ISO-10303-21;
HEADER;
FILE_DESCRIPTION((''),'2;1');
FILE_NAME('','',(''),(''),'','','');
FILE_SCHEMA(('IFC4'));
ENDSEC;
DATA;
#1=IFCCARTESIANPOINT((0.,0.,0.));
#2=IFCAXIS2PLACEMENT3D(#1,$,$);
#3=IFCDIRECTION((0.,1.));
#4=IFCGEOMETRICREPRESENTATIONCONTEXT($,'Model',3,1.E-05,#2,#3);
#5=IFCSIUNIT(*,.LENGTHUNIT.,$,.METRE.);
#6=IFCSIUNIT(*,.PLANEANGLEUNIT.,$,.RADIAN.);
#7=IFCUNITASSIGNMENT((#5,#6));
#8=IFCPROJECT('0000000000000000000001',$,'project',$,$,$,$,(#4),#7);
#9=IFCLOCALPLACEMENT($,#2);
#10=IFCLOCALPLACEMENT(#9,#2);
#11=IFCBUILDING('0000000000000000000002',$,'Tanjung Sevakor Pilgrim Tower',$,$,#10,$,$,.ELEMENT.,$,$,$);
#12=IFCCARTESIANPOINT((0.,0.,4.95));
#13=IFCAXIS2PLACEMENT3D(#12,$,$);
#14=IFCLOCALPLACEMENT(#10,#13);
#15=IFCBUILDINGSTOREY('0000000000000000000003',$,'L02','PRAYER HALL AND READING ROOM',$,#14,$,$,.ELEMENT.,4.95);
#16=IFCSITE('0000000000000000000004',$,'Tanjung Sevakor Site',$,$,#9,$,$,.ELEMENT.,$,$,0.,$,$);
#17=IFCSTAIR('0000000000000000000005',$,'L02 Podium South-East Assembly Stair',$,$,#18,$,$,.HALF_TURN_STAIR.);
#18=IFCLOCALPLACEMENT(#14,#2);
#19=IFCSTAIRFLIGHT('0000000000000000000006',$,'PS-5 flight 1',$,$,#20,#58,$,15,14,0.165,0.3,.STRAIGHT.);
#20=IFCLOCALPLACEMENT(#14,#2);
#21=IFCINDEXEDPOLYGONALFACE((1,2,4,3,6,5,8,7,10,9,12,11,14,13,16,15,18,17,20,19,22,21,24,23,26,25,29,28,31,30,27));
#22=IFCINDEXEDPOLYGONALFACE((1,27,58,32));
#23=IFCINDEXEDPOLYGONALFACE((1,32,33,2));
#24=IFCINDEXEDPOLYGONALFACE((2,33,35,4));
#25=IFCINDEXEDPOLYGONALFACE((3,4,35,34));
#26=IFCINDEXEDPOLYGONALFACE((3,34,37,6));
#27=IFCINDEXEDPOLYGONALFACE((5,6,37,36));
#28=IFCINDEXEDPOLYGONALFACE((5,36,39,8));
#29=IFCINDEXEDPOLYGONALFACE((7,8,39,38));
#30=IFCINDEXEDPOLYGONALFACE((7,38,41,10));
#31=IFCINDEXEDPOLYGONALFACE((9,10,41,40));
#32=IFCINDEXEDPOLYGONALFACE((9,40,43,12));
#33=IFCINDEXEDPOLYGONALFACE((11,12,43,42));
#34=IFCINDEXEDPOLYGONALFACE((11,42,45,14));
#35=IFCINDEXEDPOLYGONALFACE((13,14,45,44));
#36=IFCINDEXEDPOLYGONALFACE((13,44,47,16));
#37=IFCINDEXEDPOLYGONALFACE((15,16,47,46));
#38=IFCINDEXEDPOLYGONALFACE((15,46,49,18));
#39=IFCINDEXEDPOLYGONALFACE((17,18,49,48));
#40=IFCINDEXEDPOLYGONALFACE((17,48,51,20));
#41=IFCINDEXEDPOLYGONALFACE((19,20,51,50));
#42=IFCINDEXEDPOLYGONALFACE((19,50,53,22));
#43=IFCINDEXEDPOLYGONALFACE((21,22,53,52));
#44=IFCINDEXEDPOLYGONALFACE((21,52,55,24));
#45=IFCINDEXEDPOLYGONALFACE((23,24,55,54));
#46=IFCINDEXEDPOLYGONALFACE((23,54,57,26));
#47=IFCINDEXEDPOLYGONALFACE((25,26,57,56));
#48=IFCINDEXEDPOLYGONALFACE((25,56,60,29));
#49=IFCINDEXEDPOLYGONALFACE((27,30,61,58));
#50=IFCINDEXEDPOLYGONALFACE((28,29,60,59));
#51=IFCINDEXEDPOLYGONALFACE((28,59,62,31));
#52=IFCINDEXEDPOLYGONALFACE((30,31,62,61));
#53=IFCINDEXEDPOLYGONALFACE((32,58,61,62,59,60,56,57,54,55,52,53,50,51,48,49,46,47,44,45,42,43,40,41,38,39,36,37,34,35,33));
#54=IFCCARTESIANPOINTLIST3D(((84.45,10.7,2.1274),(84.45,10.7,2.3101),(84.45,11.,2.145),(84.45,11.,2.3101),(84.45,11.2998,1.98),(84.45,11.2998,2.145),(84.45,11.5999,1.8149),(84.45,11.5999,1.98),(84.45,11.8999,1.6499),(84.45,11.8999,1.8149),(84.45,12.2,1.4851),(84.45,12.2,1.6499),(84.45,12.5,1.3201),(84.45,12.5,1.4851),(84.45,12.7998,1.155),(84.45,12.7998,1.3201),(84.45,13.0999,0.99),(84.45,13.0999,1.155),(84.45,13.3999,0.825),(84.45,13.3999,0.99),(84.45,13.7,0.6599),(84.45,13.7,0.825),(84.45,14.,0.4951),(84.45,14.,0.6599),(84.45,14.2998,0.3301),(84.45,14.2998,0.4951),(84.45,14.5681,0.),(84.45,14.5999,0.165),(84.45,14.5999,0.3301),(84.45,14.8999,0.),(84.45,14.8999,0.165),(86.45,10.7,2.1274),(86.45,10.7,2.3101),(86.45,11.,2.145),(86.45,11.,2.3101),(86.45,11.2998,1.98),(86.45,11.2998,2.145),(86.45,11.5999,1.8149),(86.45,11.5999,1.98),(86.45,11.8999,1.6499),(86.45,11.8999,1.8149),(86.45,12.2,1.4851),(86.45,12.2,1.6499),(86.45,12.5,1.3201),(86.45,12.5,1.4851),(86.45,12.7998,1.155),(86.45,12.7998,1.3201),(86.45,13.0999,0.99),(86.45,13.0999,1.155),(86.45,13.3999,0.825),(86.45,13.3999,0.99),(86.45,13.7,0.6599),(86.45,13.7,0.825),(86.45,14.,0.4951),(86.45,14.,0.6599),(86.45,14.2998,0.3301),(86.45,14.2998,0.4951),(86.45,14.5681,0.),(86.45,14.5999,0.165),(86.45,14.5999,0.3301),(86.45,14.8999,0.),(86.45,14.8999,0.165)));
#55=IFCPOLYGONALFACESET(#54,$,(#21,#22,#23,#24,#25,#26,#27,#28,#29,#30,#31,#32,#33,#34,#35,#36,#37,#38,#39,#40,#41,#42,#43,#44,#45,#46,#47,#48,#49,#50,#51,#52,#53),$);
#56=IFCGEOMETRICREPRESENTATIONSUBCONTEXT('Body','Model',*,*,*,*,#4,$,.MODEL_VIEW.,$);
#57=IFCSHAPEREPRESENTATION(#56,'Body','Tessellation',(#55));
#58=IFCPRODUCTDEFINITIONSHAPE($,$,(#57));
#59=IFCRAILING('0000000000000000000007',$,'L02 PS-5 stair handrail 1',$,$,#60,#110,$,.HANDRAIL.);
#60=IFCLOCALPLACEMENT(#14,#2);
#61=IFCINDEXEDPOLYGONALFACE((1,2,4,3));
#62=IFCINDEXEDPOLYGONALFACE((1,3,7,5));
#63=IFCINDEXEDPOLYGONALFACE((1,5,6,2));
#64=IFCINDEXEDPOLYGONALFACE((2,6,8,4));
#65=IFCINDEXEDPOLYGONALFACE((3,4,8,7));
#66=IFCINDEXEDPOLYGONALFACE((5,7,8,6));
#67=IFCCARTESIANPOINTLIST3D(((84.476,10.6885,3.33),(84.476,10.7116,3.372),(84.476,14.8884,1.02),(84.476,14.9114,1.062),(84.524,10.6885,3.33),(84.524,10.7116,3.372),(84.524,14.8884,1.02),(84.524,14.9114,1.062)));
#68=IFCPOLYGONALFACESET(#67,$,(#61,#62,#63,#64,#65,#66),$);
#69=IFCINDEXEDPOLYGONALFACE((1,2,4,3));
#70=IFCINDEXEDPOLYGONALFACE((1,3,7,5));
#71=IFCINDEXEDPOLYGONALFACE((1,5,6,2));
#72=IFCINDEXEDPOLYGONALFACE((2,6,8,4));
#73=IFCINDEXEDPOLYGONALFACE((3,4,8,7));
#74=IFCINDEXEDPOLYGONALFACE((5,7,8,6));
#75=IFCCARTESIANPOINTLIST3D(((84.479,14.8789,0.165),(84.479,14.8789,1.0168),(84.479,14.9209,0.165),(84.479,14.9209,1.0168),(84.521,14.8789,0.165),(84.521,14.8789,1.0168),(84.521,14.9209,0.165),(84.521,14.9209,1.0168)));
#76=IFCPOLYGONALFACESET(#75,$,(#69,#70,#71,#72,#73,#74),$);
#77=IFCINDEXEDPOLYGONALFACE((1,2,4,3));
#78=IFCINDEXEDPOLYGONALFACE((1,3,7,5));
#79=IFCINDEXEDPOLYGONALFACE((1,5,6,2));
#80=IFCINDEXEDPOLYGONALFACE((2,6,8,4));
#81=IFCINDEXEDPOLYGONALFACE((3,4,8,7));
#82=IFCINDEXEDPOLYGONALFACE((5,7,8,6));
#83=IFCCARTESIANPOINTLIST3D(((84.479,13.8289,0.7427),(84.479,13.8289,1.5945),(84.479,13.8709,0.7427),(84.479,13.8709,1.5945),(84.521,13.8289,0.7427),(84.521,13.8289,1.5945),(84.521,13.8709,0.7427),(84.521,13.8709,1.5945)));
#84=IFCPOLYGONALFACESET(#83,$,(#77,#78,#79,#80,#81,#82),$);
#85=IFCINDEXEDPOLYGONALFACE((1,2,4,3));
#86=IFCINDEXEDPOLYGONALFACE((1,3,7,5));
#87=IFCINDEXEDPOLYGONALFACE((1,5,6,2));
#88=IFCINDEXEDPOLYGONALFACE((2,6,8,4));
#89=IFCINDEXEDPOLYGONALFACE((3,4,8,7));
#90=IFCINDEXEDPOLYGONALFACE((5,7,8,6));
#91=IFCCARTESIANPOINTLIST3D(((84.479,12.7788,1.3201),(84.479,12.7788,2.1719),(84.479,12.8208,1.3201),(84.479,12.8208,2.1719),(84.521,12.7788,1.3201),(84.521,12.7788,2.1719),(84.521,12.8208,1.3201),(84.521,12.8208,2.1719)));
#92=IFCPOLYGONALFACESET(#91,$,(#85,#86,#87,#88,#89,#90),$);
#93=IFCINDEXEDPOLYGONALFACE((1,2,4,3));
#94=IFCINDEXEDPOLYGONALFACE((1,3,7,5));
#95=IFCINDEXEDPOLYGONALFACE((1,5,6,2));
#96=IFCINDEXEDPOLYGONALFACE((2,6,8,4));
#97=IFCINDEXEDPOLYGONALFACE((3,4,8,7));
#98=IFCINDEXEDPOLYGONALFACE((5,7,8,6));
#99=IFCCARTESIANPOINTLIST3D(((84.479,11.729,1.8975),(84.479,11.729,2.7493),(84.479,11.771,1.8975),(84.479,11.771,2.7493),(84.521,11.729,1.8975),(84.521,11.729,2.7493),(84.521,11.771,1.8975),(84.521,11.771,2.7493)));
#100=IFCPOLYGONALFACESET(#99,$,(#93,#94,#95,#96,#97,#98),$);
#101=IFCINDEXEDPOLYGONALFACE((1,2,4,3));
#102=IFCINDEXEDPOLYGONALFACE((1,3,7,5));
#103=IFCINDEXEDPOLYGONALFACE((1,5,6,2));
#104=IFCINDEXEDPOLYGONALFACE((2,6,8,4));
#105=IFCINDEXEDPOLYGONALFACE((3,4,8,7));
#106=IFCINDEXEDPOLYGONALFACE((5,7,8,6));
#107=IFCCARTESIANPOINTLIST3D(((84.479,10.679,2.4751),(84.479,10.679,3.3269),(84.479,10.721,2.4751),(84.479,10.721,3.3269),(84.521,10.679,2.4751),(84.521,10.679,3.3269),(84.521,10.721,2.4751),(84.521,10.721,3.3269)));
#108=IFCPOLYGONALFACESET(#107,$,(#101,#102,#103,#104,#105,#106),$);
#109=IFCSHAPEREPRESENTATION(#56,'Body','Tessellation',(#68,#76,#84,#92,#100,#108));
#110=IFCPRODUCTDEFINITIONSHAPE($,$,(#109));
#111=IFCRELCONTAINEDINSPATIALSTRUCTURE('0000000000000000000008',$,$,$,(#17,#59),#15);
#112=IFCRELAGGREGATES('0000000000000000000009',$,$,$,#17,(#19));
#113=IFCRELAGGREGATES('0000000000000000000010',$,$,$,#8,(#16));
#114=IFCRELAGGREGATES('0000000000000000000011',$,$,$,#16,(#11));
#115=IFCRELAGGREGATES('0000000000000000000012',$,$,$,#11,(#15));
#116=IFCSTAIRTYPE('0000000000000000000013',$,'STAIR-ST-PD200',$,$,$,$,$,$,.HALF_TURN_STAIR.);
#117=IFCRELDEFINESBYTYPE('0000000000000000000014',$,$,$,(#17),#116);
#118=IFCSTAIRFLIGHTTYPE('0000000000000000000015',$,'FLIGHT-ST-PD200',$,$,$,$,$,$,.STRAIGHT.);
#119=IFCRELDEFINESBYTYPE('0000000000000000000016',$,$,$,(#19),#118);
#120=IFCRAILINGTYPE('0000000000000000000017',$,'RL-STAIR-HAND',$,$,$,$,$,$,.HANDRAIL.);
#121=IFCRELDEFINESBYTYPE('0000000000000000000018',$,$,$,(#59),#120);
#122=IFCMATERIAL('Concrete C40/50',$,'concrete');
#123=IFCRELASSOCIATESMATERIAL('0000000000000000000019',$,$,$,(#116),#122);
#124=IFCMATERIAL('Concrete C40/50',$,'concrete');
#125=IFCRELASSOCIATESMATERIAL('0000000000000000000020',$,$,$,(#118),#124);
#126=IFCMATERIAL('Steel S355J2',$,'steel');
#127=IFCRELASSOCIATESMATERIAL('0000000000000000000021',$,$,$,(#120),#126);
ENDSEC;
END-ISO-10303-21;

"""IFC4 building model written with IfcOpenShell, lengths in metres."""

from ifc_helpers import new_model, si_unit, direction, frame, origin, place, context, subcontext, project, spatial, polyline, rectangle, outline, extrude, material, type_object, element, aggregate, save


model = new_model("IFC4")

# Units and contexts
model_context = context("Model", 3, precision=1e-05, world=origin(), true_north=direction((0.0, 1.0)))
body_context = subcontext(model_context, "Body", "Model", "MODEL_VIEW")
ifc_project = project(units=[si_unit("LENGTHUNIT", "METRE"), si_unit("PLANEANGLEUNIT", "RADIAN")], contexts=[model_context])

# Site, building, storey
site_placement = place(None, origin())
site = spatial("IfcSite", under=ifc_project, at=site_placement, Name="Tanjung Sevakor Site", CompositionType="ELEMENT", RefElevation=0.0)
building_placement = place(site_placement, origin())
building = spatial("IfcBuilding", under=site, at=building_placement, Name="Tanjung Sevakor Pilgrim Tower", CompositionType="ELEMENT")
storey_placement = place(building_placement, frame((0.0, 0.0, 4.95)))
storey = spatial("IfcBuildingStorey", under=building, at=storey_placement, Name="L02", Description="PRAYER HALL AND READING ROOM", CompositionType="ELEMENT", Elevation=4.95)

# Stair, stair flight
ifc_material_1 = material(Name="Concrete C40/50", Category="concrete")
stair_type = type_object("IfcStairType", Name="STAIR-ST-PD200", PredefinedType="HALF_TURN_STAIR", material=ifc_material_1)
stair_placement = place(storey_placement, origin())
stair = element("IfcStair", 1, at=stair_placement, inside=storey, type_object=stair_type, Name="L02 Podium South-East Assembly Stair", PredefinedType="HALF_TURN_STAIR")
ifc_material_2 = material(Name="Concrete C40/50", Category="concrete")
stair_flight_type = type_object("IfcStairFlightType", Name="FLIGHT-ST-PD200", PredefinedType="STRAIGHT", material=ifc_material_2)
stair_flight_placement = place(storey_placement, frame((85.45, 14.8999, 0.0), z_axis=(0.0, 0.0, 1.0), x_axis=(0.0, -1.0, 0.0)))
stair_flight = element("IfcStairFlight", 2, at=stair_flight_placement, type_object=stair_flight_type, Name="PS-5 flight 1", NumberOfRisers=15, NumberOfTreads=14, PredefinedType="STRAIGHT", RiserHeight=0.165, TreadLength=0.3, context=body_context, shape_type="SweptSolid", body=[
    extrude(outline(polyline([(0.0, 0.0), (0.0, 0.165), (0.3, 0.165), (0.3, 0.3301), (0.6001, 0.3301), (0.6001, 0.4951), (0.8999, 0.4951), (0.8999, 0.6599), (1.2, 0.6599), (1.2, 0.825), (1.5, 0.825), (1.5, 0.99), (1.8, 0.99), (1.8, 1.155), (2.1001, 1.155), (2.1001, 1.3201), (2.3999, 1.3201), (2.3999, 1.4851), (2.7, 1.4851), (2.7, 1.6499), (3.0, 1.6499), (3.0, 1.8149), (3.3, 1.8149), (3.3, 1.98), (3.6001, 1.98), (3.6001, 2.145), (3.8999, 2.145), (3.8999, 2.3101), (4.2, 2.3101), (4.2, 2.4751), (4.2, 2.1274), (0.3318, 0.0), (0.0, 0.0)])), frame((0.0, 1.0, 0.0), z_axis=(0.0, -1.0, 0.0), x_axis=(1.0, 0.0, 0.0)), (0.0, 0.0, 1.0), 2.0),
])
aggregate(stair, [stair_flight])

# Railing
ifc_material_3 = material(Name="Steel S355J2", Category="steel")
railing_type = type_object("IfcRailingType", Name="RL-STAIR-HAND", PredefinedType="HANDRAIL", material=ifc_material_3)
railing_placement = place(storey_placement, frame((84.5, 14.8999, 0.165)))
element("IfcRailing", 3, at=railing_placement, inside=storey, type_object=railing_type, Name="L02 PS-5 stair handrail 1", PredefinedType="HANDRAIL", context=body_context, shape_type="SweptSolid", body=[
    extrude(rectangle(XDim=0.0479, YDim=0.0479), frame((0.0, 0.0, 0.876), z_axis=(0.0, -0.876208, 0.481932), x_axis=(1.0, 0.0, 0.0)), (0.0, 0.0, 1.0), 4.7932),
    extrude(rectangle(XDim=0.042, YDim=0.042), origin(), (0.0, 0.0, 1.0), 0.8518),
    extrude(rectangle(XDim=0.042, YDim=0.042), frame((0.0, -1.05, 0.5776)), (0.0, 0.0, 1.0), 0.8518),
    extrude(rectangle(XDim=0.042, YDim=0.042), frame((0.0, -2.1001, 1.155)), (0.0, 0.0, 1.0), 0.8518),
    extrude(rectangle(XDim=0.042, YDim=0.042), frame((0.0, -3.1499, 1.7324)), (0.0, 0.0, 1.0), 0.8518),
    extrude(rectangle(XDim=0.042, YDim=0.042), frame((0.0, -4.2, 2.3101)), (0.0, 0.0, 1.0), 0.8518),
])

save(model, "model.ifc")
